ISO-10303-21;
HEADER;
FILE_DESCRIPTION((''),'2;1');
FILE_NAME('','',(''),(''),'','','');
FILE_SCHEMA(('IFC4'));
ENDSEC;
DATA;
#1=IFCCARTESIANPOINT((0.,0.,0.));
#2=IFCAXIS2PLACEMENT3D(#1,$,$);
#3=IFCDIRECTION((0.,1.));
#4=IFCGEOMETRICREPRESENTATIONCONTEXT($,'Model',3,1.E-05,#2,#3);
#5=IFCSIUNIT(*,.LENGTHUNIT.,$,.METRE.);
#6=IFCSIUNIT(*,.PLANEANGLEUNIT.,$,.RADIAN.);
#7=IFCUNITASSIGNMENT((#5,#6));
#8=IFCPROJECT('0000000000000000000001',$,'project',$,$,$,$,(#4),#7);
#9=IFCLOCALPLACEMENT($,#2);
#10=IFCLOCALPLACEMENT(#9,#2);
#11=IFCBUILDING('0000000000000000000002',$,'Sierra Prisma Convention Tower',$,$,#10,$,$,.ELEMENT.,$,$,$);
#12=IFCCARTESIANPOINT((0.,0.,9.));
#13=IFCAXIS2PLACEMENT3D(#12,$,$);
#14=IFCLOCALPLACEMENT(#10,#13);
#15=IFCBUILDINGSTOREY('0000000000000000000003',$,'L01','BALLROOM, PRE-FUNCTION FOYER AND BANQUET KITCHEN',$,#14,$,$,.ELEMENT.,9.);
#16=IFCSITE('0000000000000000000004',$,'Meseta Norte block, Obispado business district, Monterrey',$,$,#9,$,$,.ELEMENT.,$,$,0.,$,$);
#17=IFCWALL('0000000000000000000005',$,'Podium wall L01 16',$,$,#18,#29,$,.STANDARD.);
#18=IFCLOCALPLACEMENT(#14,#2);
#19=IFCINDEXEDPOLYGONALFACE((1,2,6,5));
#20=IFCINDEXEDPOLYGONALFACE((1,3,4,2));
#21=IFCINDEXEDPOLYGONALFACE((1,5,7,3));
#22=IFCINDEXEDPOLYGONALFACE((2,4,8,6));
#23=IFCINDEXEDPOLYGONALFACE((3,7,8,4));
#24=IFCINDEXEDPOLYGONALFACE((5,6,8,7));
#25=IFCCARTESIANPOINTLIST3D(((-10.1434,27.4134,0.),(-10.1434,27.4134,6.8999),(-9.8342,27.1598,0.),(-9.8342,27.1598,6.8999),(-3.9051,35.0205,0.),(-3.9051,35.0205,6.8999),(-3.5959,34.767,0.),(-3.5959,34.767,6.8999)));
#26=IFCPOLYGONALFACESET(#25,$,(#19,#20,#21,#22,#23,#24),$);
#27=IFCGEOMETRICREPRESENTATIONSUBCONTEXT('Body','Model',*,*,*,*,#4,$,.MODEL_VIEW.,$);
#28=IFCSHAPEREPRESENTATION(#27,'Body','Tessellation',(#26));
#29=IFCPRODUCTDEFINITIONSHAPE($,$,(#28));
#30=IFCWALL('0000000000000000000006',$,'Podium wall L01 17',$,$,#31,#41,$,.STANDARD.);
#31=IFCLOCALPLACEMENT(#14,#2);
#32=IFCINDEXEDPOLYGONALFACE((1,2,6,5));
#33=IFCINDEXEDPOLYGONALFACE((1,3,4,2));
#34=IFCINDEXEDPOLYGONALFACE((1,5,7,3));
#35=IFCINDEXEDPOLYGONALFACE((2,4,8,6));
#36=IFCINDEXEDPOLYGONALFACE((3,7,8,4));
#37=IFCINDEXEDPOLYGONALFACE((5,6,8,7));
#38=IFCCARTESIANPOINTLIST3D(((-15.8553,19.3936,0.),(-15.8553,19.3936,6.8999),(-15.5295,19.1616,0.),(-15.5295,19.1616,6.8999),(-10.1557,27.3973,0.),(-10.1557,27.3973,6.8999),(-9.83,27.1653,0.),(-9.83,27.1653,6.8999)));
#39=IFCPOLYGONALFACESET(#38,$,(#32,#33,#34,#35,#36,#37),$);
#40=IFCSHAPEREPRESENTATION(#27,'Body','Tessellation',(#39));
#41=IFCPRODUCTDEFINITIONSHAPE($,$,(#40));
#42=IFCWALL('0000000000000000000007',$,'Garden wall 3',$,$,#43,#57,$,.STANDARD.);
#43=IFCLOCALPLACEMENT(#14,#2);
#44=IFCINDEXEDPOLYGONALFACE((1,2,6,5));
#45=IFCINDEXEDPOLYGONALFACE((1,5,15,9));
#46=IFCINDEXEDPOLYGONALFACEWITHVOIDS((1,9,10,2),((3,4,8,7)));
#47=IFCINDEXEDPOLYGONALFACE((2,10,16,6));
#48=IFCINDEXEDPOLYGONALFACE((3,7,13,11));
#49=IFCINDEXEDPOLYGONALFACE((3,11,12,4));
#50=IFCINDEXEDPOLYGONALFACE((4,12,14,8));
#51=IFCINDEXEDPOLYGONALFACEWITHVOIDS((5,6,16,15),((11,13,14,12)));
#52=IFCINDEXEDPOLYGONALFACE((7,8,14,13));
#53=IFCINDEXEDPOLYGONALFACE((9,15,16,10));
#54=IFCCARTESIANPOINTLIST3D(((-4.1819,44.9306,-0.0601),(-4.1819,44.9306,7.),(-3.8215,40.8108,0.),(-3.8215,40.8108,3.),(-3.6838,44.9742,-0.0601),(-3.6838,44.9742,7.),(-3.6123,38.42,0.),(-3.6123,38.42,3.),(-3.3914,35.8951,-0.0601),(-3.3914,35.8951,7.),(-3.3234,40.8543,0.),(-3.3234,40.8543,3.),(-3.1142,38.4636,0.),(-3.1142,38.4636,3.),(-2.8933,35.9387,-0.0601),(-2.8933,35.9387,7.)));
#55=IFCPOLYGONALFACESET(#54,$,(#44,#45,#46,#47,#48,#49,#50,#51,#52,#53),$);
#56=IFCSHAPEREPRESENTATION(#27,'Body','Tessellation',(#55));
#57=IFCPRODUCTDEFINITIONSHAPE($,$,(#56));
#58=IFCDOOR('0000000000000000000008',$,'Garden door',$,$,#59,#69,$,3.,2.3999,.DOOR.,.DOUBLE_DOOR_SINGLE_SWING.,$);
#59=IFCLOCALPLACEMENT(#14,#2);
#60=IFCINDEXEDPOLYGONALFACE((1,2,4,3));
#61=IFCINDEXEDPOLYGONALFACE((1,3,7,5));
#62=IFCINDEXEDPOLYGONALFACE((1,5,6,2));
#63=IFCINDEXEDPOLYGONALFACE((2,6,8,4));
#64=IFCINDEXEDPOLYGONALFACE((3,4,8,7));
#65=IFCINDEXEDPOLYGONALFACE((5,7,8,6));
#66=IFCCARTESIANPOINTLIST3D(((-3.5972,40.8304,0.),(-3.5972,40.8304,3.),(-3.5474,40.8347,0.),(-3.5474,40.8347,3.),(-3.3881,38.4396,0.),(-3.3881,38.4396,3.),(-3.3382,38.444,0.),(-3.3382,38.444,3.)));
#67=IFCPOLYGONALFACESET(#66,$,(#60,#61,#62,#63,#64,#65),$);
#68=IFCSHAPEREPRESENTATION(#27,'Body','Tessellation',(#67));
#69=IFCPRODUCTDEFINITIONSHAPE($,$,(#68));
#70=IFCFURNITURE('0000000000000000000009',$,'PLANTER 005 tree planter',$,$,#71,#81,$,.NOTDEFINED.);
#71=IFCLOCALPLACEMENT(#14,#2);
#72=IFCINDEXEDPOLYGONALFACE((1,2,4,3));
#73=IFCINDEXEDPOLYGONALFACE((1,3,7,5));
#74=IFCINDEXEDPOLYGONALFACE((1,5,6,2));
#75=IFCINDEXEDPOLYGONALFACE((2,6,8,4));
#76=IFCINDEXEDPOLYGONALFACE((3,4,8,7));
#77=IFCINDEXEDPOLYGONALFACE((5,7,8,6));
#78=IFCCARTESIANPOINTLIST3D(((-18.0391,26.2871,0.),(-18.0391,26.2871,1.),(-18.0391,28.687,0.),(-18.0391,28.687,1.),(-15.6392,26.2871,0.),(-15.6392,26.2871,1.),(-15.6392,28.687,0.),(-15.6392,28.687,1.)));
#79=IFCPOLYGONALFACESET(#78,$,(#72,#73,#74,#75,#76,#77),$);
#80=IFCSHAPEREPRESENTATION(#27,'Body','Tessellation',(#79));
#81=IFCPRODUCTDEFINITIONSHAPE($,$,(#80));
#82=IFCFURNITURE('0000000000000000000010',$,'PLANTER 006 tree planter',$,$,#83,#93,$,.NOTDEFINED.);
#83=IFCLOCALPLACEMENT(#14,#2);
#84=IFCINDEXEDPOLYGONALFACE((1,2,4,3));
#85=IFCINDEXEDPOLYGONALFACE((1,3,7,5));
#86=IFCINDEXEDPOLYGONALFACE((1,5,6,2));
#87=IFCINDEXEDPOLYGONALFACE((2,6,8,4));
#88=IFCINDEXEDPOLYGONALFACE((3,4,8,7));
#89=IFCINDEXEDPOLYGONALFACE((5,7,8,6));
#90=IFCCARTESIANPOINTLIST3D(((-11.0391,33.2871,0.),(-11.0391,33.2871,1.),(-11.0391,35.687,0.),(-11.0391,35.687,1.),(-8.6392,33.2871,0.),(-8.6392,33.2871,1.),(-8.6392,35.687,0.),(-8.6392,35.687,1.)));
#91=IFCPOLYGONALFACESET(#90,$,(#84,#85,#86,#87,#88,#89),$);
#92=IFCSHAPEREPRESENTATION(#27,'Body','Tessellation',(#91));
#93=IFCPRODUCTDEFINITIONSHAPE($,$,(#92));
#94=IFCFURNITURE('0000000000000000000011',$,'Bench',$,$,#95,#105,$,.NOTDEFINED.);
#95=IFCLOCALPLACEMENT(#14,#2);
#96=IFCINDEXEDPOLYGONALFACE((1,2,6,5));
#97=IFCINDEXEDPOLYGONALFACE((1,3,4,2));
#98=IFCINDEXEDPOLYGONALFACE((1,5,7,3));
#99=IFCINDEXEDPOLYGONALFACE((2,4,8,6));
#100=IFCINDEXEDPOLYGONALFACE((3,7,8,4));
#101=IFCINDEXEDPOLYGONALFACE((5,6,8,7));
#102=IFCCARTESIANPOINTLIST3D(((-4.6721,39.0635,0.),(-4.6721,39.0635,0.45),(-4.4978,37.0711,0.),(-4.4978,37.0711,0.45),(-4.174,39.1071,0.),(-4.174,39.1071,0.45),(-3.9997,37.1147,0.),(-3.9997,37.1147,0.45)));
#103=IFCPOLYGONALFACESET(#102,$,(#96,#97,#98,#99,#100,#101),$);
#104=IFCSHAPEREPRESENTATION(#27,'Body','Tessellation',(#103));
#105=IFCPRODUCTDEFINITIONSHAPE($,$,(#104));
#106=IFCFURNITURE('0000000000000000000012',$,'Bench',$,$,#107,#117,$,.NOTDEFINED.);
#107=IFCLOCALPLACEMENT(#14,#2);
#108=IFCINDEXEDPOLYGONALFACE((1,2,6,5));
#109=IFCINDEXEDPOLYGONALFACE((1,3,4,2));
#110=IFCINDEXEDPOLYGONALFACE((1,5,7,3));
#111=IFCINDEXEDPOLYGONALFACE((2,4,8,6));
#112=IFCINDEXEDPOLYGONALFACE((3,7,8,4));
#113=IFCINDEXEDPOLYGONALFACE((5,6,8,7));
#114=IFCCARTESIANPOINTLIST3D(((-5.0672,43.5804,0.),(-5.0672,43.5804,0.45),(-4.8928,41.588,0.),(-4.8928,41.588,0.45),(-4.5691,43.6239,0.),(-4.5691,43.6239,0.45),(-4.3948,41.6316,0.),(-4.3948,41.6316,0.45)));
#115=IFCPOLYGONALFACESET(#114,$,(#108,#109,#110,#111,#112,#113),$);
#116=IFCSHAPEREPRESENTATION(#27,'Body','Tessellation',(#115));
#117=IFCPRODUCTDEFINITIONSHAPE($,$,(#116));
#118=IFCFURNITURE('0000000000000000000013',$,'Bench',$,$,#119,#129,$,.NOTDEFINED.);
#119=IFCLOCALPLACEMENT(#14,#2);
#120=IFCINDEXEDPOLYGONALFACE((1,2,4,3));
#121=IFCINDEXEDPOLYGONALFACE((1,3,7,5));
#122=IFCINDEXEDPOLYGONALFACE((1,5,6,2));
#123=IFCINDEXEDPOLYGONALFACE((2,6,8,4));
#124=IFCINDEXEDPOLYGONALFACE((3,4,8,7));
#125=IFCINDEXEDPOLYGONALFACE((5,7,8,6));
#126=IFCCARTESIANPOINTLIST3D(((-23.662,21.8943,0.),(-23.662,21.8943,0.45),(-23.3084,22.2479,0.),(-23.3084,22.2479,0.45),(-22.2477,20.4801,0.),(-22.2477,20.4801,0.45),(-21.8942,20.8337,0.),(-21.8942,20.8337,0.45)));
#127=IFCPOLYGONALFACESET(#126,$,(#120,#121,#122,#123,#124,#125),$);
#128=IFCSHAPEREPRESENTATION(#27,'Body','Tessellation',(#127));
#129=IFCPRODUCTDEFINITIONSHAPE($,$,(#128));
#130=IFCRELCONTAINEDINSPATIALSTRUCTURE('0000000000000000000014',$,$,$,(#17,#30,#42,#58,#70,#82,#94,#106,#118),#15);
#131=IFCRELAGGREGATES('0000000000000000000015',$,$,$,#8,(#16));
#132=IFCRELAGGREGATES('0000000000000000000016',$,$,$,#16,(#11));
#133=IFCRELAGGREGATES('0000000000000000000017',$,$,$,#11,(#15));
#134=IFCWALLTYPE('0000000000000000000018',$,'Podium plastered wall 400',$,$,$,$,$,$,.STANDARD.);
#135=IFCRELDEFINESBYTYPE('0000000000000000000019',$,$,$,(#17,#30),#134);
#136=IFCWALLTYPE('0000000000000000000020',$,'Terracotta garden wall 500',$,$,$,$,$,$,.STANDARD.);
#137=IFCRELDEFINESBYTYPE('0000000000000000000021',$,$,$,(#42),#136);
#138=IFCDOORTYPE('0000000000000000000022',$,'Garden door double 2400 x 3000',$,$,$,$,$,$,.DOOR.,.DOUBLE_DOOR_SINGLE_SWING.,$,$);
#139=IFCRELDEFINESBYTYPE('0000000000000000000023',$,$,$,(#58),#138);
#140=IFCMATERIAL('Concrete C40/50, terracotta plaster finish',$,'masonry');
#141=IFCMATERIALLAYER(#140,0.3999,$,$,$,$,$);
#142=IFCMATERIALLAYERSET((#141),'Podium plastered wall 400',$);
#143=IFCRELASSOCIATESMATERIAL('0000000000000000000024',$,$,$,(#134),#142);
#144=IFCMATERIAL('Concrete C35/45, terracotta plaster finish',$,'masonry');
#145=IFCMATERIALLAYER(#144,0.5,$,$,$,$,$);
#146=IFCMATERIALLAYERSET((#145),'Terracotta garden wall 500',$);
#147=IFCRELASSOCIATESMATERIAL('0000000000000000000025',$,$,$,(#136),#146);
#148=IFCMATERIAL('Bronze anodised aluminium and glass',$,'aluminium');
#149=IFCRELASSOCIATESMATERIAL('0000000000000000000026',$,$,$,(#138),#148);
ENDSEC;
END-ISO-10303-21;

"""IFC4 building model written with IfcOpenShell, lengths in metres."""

from ifc_helpers import new_model, si_unit, direction, frame, frame_2d, origin, origin_2d, place, context, subcontext, project, spatial, rectangle, extrude, material, layer, layer_set, type_object, element, fill, save


model = new_model("IFC4")

# Units and contexts
model_context = context("Model", 3, precision=1e-05, world=origin(), true_north=direction((0.0, 1.0)))
body_context = subcontext(model_context, "Body", "Model", "MODEL_VIEW")
ifc_project = project(units=[si_unit("LENGTHUNIT", "METRE"), si_unit("PLANEANGLEUNIT", "RADIAN")], contexts=[model_context])

# Site, building, storey
site_placement = place(None, origin())
site = spatial("IfcSite", under=ifc_project, at=site_placement, Name="Meseta Norte block, Obispado business district, Monterrey", CompositionType="ELEMENT", RefElevation=0.0)
building_placement = place(site_placement, origin())
building = spatial("IfcBuilding", under=site, at=building_placement, Name="Sierra Prisma Convention Tower", CompositionType="ELEMENT")
storey_placement = place(building_placement, frame((0.0, 0.0, 9.0)))
storey = spatial("IfcBuildingStorey", under=building, at=storey_placement, Name="L01", Description="BALLROOM, PRE-FUNCTION FOYER AND BANQUET KITCHEN", CompositionType="ELEMENT", Elevation=9.0)

# Walls
ifc_material_1 = material(Name="Concrete C40/50, terracotta plaster finish", Category="masonry")
ifc_layer_1 = layer(ifc_material_1, 0.3999)
ifc_layer_set_1 = layer_set([ifc_layer_1], Name="Podium plastered wall 400")
wall_type_1 = type_object("IfcWallType", Name="Podium plastered wall 400", PredefinedType="STANDARD", material=ifc_layer_set_1)
wall_1_placement = place(storey_placement, frame((-9.9888, 27.2866, 0.0), z_axis=(0.0, 0.0, 1.0), x_axis=(0.634104, 0.773248, 0.0)))
element("IfcWall", 1, at=wall_1_placement, inside=storey, type_object=wall_type_1, Name="Podium wall L01 16", PredefinedType="STANDARD", context=body_context, shape_type="SweptSolid", body=[
    extrude(rectangle(XDim=9.8379, YDim=0.3999, at=frame_2d((4.9189, 0.0))), origin(), (0.0, 0.0, 1.0), 6.8999),
])
wall_2_placement = place(storey_placement, frame((-15.6924, 19.2776, 0.0), z_axis=(0.0, 0.0, 1.0), x_axis=(0.580062, 0.814572, 0.0)))
element("IfcWall", 2, at=wall_2_placement, inside=storey, type_object=wall_type_1, Name="Podium wall L01 17", PredefinedType="STANDARD", context=body_context, shape_type="SweptSolid", body=[
    extrude(rectangle(XDim=9.8257, YDim=0.3999, at=frame_2d((4.9128, 0.0))), origin(), (0.0, 0.0, 1.0), 6.8999),
])

# Wall, opening, door
ifc_material_2 = material(Name="Concrete C35/45, terracotta plaster finish", Category="masonry")
ifc_layer_2 = layer(ifc_material_2, 0.5)
ifc_layer_set_2 = layer_set([ifc_layer_2], Name="Terracotta garden wall 500")
wall_type_2 = type_object("IfcWallType", Name="Terracotta garden wall 500", PredefinedType="STANDARD", material=ifc_layer_set_2)
wall_3_placement = place(storey_placement, frame((-3.1423, 35.9167, -0.0601), z_axis=(0.0, 0.0, 1.0), x_axis=(-0.087157, 0.996195, 0.0)))
wall_3 = element("IfcWall", 3, at=wall_3_placement, inside=storey, type_object=wall_type_2, Name="Garden wall 3", PredefinedType="STANDARD", context=body_context, shape_type="SweptSolid", body=[
    extrude(rectangle(XDim=9.0701, YDim=0.5, at=frame_2d((4.5352, 0.0))), origin(), (0.0, 0.0, 1.0), 7.0601),
])
opening_placement = place(wall_3_placement, frame((2.5347, 0.0, 0.0601)))
opening = element("IfcOpeningElement", 4, at=opening_placement, cuts=wall_3, PredefinedType="OPENING", context=body_context, shape_type="SweptSolid", body=[
    extrude(rectangle(XDim=2.3999, YDim=3.0, at=frame_2d((1.2, 1.5))), frame((0.0, 0.25, 0.0), z_axis=(0.0, -1.0, 0.0), x_axis=(1.0, 0.0, 0.0)), (0.0, 0.0, 1.0), 0.5),
])
ifc_material_3 = material(Name="Bronze anodised aluminium and glass", Category="aluminium")
door_type = type_object("IfcDoorType", Name="Garden door double 2400 x 3000", OperationType="DOUBLE_DOOR_SINGLE_SWING", PredefinedType="DOOR", material=ifc_material_3)
door_placement = place(opening_placement, origin())
door = element("IfcDoor", 5, at=door_placement, inside=storey, type_object=door_type, Name="Garden door", OperationType="DOUBLE_DOOR_SINGLE_SWING", OverallHeight=3.0, OverallWidth=2.3999, PredefinedType="DOOR", context=body_context, shape_type="SweptSolid", body=[
    extrude(rectangle(XDim=2.3999, YDim=3.0, at=frame_2d((1.2, 1.5))), frame((0.0, 0.0249, 0.0), z_axis=(0.0, -1.0, 0.0), x_axis=(1.0, 0.0, 0.0)), (0.0, 0.0, 1.0), 0.05),
])
fill(opening, door)

# Furniture
for number, where, z_axis, x_axis, name in (
    (6, (-16.8391, 27.4871, 0.0), (0.0, 0.0, 1.0), (1.0, 0.0, 0.0), "PLANTER 005 tree planter"),
    (7, (-9.8391, 34.4871, 0.0), (0.0, 0.0, 1.0), (1.0, 0.0, 0.0), "PLANTER 006 tree planter"),
):
    element("IfcFurniture", number, at=place(storey_placement, frame(where, z_axis=z_axis, x_axis=x_axis)), inside=storey, Name=name, PredefinedType="NOTDEFINED", context=body_context, shape_type="SweptSolid", body=[
        extrude(rectangle(XDim=2.3999, YDim=2.3999, at=origin_2d()), origin(), (0.0, 0.0, 1.0), 1.0),
    ])
for number, where, z_axis, x_axis, name in (
    (8, (-4.3359, 38.0891, 0.0), (0.0, 0.0, 1.0), (-0.087156, 0.996195, 0.0), "Bench"),
    (9, (-4.731, 42.606, 0.0), (0.0, 0.0, 1.0), (-0.087156, 0.996195, 0.0), "Bench"),
    (10, (-22.7781, 21.364, 0.0), (0.0, 0.0, 1.0), (-0.707107, 0.707107, 0.0), "Bench"),
):
    element("IfcFurniture", number, at=place(storey_placement, frame(where, z_axis=z_axis, x_axis=x_axis)), inside=storey, Name=name, PredefinedType="NOTDEFINED", context=body_context, shape_type="SweptSolid", body=[
        extrude(rectangle(XDim=2.0, YDim=0.5, at=origin_2d()), origin(), (0.0, 0.0, 1.0), 0.45),
    ])

save(model, "model.ifc")
